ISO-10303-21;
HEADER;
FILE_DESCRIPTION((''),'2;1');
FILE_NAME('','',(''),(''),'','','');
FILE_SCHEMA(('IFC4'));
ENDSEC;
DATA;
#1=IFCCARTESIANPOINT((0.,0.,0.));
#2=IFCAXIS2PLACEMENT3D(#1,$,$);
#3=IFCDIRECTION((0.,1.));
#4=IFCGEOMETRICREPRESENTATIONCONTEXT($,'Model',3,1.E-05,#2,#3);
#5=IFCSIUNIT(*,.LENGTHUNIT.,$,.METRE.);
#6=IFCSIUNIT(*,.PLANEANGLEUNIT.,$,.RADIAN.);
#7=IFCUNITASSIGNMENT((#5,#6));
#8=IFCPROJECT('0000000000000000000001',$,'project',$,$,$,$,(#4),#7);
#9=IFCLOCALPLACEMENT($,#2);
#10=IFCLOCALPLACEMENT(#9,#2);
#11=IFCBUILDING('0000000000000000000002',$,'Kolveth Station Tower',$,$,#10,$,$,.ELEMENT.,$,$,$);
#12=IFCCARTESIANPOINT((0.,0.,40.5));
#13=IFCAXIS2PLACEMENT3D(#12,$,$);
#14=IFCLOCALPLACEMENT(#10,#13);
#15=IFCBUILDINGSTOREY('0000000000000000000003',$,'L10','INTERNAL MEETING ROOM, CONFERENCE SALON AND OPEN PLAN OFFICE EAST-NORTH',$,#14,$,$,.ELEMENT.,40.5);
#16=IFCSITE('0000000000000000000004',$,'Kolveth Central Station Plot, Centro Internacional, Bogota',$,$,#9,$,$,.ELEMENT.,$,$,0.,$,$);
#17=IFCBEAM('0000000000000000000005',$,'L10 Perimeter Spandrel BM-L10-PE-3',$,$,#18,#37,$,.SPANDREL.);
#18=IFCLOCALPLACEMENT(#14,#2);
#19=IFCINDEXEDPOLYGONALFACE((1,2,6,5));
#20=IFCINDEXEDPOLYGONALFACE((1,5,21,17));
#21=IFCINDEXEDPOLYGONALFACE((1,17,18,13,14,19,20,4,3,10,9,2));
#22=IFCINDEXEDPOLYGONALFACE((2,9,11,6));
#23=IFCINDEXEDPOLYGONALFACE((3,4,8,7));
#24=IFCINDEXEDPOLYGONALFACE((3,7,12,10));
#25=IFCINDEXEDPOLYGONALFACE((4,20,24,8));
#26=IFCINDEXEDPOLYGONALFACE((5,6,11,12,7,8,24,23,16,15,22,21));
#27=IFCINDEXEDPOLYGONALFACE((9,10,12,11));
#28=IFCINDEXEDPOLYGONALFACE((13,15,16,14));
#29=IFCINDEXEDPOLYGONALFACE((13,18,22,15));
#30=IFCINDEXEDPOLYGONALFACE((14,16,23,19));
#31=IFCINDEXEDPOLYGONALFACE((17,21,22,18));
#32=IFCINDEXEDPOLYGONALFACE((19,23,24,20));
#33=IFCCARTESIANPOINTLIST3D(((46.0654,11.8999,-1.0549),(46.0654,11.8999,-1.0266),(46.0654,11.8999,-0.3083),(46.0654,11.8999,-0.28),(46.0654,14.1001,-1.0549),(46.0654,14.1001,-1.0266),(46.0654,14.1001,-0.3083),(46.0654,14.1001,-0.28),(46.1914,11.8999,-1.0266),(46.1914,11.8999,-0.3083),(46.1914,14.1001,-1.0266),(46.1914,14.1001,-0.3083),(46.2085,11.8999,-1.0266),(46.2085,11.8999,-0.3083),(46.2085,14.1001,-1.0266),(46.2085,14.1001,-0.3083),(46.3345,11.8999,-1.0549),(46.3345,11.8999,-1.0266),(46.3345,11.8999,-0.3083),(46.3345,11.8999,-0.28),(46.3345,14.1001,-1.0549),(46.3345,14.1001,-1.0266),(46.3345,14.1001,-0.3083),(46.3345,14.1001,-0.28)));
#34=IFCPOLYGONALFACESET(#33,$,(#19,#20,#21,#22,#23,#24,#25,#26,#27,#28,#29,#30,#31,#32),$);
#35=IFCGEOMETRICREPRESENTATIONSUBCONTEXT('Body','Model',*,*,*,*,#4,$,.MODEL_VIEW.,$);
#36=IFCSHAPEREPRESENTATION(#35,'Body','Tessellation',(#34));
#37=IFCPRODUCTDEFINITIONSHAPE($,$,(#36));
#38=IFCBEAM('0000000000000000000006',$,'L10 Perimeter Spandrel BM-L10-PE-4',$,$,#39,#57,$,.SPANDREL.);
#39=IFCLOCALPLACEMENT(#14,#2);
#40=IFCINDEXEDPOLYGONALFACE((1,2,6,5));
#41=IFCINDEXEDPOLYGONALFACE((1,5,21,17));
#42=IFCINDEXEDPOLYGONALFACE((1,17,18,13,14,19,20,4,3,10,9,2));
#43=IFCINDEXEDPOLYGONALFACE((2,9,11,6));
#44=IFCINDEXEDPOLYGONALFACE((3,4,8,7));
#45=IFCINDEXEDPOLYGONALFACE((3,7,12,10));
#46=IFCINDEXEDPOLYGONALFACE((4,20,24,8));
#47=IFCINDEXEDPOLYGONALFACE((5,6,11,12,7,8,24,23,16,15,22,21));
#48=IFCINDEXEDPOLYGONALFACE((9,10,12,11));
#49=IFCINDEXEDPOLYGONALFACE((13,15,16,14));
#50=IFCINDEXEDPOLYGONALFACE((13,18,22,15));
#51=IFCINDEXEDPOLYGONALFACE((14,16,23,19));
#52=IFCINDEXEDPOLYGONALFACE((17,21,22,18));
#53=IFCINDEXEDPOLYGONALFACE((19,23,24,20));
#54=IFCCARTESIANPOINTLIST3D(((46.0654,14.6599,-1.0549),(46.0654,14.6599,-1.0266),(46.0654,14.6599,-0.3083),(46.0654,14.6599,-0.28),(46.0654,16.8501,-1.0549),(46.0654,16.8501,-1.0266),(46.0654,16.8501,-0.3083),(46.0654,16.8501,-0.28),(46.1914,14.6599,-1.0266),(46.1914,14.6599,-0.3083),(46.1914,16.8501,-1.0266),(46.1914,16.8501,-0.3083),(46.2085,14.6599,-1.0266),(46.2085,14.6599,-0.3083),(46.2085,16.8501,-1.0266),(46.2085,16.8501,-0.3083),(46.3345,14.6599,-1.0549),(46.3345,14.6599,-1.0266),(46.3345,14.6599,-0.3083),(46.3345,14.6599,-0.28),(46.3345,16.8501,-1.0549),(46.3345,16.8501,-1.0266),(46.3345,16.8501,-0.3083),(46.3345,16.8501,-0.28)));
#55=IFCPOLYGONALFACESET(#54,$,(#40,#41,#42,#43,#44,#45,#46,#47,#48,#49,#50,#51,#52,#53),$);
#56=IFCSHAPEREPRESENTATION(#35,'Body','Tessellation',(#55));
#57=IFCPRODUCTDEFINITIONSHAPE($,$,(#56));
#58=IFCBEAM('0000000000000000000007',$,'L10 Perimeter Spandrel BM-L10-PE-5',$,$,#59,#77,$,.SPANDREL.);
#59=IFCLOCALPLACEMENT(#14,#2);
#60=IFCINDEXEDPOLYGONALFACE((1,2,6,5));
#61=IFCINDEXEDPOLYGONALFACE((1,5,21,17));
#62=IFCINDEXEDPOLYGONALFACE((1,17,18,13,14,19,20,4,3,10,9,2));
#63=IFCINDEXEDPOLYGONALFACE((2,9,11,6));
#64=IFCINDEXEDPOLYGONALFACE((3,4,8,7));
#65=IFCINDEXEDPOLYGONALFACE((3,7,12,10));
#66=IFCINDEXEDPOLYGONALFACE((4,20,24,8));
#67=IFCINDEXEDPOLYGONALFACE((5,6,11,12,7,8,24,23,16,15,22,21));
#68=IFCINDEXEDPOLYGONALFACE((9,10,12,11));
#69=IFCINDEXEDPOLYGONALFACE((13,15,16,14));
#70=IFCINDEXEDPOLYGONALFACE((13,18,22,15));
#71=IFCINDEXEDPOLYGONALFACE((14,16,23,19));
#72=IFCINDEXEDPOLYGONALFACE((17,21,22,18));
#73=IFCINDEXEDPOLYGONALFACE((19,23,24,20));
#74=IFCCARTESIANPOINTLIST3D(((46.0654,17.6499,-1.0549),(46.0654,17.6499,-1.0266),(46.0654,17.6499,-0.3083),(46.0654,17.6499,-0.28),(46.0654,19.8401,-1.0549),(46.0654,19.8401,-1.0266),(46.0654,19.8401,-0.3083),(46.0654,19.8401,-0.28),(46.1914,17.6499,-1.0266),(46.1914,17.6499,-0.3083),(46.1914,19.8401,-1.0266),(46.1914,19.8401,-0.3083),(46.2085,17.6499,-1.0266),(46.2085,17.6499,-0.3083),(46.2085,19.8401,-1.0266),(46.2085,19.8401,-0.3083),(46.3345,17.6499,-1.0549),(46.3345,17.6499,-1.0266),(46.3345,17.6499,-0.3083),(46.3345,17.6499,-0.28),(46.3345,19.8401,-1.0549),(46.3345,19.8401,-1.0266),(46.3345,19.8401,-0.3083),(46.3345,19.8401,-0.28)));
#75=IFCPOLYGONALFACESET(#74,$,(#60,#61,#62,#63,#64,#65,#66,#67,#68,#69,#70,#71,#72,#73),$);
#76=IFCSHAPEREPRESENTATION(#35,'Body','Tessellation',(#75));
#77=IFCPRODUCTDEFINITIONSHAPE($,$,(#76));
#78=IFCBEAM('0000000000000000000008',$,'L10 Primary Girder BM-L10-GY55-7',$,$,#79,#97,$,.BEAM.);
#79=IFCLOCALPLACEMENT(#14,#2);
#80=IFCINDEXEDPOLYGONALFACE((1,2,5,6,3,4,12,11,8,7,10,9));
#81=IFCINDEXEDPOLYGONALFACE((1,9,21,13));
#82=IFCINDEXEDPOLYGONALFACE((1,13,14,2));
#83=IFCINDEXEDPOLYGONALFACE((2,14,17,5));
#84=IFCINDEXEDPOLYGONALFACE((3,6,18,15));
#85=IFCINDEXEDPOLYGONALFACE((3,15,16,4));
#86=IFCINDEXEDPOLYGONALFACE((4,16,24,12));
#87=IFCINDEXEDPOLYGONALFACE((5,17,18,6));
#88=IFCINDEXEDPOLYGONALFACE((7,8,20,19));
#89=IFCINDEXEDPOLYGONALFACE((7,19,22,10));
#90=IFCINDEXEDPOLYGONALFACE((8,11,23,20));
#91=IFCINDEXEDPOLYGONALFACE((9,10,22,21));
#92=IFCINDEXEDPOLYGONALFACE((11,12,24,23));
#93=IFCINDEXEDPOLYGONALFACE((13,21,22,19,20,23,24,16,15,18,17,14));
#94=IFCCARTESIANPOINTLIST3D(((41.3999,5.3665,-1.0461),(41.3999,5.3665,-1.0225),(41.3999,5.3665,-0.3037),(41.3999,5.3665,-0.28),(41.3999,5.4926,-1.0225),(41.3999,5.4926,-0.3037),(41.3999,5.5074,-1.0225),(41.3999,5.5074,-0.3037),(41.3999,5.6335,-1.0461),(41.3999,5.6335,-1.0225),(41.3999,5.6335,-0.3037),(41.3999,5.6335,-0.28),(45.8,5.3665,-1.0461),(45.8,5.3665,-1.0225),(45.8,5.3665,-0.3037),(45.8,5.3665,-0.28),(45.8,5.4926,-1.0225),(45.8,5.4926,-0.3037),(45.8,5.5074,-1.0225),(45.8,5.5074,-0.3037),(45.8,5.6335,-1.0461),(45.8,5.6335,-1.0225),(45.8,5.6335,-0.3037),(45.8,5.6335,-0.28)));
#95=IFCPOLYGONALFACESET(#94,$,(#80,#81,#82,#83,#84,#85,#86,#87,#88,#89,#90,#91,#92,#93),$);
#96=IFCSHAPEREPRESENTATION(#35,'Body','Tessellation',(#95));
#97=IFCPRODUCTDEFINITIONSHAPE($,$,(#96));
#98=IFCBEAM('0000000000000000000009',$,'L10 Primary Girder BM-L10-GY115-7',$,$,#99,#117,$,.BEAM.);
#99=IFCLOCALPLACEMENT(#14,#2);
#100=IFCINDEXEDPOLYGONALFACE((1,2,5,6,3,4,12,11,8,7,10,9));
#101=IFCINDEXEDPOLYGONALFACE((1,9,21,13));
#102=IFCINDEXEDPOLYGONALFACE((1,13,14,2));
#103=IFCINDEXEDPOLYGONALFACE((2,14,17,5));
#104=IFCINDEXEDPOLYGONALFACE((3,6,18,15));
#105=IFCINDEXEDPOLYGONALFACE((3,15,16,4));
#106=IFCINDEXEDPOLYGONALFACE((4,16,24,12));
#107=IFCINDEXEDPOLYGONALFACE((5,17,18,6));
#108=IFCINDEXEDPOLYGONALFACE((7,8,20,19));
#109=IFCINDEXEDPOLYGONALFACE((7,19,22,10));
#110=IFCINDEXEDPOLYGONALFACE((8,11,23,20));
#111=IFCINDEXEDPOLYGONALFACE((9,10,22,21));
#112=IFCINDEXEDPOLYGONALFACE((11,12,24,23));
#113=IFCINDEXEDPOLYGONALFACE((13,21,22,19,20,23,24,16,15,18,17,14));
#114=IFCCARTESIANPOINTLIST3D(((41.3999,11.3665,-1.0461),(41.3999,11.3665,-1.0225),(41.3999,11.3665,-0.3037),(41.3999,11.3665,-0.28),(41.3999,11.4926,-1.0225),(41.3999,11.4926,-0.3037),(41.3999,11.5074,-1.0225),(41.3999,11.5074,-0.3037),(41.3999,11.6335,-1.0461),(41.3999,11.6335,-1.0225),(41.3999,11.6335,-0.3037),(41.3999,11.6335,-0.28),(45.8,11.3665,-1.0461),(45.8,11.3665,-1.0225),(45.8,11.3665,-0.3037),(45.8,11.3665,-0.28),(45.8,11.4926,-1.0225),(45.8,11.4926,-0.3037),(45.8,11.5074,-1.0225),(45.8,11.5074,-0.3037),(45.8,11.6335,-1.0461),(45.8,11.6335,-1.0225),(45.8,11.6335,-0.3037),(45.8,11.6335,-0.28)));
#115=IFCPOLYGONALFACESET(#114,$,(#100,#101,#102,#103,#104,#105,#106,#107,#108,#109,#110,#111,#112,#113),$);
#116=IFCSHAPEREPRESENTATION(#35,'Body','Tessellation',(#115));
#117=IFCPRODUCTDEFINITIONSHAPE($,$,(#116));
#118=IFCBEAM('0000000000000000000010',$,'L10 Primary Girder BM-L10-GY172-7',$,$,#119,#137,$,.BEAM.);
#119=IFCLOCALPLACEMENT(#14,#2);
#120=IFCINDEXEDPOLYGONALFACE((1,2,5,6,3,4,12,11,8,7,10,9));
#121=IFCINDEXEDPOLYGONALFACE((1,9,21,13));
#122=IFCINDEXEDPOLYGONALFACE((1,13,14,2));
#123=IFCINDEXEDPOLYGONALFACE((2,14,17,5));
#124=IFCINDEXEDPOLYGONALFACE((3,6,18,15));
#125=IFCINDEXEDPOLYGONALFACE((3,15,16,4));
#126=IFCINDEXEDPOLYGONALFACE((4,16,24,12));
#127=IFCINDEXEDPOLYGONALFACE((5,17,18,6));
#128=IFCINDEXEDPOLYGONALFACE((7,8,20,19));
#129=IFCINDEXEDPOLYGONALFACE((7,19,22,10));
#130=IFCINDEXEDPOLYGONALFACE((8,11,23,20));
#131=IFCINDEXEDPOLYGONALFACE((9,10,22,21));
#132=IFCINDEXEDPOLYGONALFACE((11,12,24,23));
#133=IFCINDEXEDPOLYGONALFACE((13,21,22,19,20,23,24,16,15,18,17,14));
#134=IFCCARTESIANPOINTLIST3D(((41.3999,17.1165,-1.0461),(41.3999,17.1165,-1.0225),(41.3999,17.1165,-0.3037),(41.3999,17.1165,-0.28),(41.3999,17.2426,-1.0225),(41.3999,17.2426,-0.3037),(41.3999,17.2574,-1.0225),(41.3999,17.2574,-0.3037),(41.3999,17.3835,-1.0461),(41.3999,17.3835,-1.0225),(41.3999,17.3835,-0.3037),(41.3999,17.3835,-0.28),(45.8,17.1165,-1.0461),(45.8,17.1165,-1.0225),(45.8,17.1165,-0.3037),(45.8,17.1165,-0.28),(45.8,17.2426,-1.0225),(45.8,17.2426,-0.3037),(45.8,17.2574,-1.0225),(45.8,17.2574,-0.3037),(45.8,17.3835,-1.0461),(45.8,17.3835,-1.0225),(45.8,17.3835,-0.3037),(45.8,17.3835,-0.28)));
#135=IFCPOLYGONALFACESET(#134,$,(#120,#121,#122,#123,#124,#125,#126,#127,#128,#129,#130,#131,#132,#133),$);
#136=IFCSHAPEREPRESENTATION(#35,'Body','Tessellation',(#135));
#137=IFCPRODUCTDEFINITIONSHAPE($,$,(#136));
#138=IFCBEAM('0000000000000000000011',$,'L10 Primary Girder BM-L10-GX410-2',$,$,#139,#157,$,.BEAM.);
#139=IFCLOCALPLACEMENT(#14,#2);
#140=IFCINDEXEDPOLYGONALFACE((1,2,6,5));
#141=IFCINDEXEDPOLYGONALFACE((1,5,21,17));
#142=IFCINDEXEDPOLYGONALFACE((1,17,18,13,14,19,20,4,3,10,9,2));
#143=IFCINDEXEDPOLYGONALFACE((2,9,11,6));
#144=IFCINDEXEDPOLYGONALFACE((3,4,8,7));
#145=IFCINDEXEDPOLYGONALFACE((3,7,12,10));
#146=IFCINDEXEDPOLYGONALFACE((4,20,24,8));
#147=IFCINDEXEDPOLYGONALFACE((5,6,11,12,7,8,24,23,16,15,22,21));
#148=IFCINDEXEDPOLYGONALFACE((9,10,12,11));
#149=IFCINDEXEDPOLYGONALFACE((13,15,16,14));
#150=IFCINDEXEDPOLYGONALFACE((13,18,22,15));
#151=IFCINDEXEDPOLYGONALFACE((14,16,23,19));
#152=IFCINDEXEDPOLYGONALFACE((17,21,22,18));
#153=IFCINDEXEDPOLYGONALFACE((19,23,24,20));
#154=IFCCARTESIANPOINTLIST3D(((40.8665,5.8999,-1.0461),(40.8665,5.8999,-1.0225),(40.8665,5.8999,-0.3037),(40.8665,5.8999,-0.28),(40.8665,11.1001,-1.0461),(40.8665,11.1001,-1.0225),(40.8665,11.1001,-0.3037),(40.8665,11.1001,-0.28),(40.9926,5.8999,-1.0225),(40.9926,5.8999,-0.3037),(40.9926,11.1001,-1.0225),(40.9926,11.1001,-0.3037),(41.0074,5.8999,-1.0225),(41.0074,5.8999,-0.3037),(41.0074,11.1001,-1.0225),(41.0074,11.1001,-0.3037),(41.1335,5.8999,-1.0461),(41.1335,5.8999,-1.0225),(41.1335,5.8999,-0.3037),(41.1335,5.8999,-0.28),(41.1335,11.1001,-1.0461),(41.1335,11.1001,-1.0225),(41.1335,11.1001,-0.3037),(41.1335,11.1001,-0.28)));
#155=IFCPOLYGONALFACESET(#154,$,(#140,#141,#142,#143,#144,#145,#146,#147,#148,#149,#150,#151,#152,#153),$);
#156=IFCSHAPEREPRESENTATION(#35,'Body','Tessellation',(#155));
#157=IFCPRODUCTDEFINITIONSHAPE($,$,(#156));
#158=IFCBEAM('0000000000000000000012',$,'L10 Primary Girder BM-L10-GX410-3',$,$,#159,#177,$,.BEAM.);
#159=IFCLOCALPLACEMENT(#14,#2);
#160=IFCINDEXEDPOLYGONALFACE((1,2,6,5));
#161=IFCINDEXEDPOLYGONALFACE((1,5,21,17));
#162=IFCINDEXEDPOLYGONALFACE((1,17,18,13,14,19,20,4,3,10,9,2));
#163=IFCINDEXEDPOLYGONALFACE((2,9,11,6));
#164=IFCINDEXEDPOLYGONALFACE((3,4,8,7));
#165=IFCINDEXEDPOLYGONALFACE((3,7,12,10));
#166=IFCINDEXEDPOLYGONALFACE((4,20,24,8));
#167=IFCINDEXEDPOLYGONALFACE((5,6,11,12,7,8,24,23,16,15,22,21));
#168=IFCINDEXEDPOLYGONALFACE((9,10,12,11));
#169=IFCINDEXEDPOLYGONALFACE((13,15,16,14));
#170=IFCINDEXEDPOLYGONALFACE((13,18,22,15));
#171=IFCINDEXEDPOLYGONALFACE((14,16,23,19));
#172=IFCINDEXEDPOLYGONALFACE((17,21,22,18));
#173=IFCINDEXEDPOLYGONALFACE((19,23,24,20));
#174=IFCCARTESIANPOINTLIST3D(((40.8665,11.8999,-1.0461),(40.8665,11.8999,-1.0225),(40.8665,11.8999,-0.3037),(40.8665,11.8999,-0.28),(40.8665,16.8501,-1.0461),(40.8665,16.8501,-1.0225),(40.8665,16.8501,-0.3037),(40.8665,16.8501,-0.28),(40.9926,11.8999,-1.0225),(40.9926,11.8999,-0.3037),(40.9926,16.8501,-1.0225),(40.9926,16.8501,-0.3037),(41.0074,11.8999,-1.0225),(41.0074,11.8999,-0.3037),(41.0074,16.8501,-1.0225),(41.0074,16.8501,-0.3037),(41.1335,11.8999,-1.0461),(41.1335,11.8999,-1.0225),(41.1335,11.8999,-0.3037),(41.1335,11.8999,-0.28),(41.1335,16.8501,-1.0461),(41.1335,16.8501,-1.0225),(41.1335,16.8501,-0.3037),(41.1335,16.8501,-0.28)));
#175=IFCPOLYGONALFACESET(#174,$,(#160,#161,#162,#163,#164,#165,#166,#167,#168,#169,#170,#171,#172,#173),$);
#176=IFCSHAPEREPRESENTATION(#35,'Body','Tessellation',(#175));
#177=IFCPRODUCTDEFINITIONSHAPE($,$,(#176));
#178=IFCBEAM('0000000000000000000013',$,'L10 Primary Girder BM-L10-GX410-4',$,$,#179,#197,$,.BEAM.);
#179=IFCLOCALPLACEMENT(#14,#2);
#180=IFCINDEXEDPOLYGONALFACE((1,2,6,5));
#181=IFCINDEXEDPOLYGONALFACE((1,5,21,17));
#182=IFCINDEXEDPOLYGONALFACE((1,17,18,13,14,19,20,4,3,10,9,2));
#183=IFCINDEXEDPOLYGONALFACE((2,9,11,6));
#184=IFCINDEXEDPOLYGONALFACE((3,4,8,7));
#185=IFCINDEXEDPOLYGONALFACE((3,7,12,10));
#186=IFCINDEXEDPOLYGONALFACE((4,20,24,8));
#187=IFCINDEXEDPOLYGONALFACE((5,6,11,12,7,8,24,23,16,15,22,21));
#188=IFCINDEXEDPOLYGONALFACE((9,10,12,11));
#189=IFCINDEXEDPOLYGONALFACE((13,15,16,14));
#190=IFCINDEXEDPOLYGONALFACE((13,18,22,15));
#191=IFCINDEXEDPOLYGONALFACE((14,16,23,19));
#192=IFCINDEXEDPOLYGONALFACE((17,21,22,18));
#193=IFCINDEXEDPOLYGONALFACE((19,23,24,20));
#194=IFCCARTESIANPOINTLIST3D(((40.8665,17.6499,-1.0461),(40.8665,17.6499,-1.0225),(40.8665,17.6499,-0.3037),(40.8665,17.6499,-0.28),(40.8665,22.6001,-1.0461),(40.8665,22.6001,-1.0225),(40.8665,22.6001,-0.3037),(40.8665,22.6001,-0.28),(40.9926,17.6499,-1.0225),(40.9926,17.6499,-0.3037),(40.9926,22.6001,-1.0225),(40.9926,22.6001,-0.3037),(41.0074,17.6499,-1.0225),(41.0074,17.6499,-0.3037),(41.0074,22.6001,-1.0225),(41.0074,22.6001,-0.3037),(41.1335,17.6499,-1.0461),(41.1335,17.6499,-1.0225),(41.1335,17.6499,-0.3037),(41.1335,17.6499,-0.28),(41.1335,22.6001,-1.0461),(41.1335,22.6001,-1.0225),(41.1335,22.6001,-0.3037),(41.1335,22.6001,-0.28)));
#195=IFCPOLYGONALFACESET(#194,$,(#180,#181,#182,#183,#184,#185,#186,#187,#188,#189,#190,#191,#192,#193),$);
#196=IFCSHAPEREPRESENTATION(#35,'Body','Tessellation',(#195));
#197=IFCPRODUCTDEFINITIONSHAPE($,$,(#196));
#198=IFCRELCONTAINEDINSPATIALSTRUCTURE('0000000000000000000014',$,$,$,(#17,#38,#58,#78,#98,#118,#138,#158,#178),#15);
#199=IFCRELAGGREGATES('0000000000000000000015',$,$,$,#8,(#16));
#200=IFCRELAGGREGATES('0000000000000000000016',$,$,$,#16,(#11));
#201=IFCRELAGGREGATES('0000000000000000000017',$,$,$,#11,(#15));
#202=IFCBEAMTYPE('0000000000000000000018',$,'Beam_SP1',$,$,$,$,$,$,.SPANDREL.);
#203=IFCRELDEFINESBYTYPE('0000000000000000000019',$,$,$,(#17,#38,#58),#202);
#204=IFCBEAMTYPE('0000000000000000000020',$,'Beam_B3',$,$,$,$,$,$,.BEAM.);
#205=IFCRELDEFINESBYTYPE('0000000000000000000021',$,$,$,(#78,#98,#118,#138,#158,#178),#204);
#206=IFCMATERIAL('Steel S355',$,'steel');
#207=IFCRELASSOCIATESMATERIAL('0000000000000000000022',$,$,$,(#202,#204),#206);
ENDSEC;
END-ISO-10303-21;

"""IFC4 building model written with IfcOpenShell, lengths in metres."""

from ifc_helpers import new_model, si_unit, direction, frame, origin, origin_2d, place, context, subcontext, project, spatial, i_section, extrude, source, transform, mapped, material, material_profile, profile_set, type_object, element, save


model = new_model("IFC4")

# Units and contexts
model_context = context("Model", 3, precision=1e-05, world=origin(), true_north=direction((0.0, 1.0)))
body_context = subcontext(model_context, "Body", "Model", "MODEL_VIEW")
ifc_project = project(units=[si_unit("LENGTHUNIT", "METRE"), si_unit("PLANEANGLEUNIT", "RADIAN")], contexts=[model_context])

# Site, building, storey
site_placement = place(None, origin())
site = spatial("IfcSite", under=ifc_project, at=site_placement, Name="Kolveth Central Station Plot, Centro Internacional, Bogota", CompositionType="ELEMENT", RefElevation=0.0)
building_placement = place(site_placement, origin())
building = spatial("IfcBuilding", under=site, at=building_placement, Name="Kolveth Station Tower", CompositionType="ELEMENT")
storey_placement = place(building_placement, frame((0.0, 0.0, 40.5)))
storey = spatial("IfcBuildingStorey", under=building, at=storey_placement, Name="L10", Description="INTERNAL MEETING ROOM, CONFERENCE SALON AND OPEN PLAN OFFICE EAST-NORTH", CompositionType="ELEMENT", Elevation=40.5)

# Shared definitions
ifc_material_1 = material(Name="Steel S355", Category="steel")

# Beams
ifc_material_profile_1 = material_profile(ifc_material_1, i_section(OverallWidth=0.269, OverallDepth=0.7749, WebThickness=0.0171, FlangeThickness=0.0283, at=origin_2d()), Name="W760x220")
ifc_profile_set_1 = profile_set([ifc_material_profile_1], Name="Steel S355")
beam_type_1 = type_object("IfcBeamType", Name="Beam_SP1", PredefinedType="SPANDREL", material=ifc_profile_set_1)
shared_shape_1 = source(origin(), body_context, "Body", "SweptSolid", [
    extrude(i_section(OverallWidth=0.269, OverallDepth=0.7749, WebThickness=0.0171, FlangeThickness=0.0283, at=origin_2d()), origin(), (0.0, 0.0, 1.0), 2.2002),
])
beam_1_placement = place(storey_placement, frame((46.2, 11.8999, -0.6675), z_axis=(0.0, 1.0, 0.0), x_axis=(-1.0, 0.0, 0.0)))
element("IfcBeam", 1, at=beam_1_placement, inside=storey, type_object=beam_type_1, Name="L10 Perimeter Spandrel BM-L10-PE-3", PredefinedType="SPANDREL", context=body_context, shape_type="MappedRepresentation", body=[
    mapped(shared_shape_1, transform((0.0, 0.0, 0.0), x_axis=(1.0, 0.0, 0.0), y_axis=(0.0, 1.0, 0.0), z_axis=(0.0, 0.0, 1.0), scale=1.0)),
])
shared_shape_2 = source(origin(), body_context, "Body", "SweptSolid", [
    extrude(i_section(OverallWidth=0.269, OverallDepth=0.7749, WebThickness=0.0171, FlangeThickness=0.0283, at=origin_2d()), origin(), (0.0, 0.0, 1.0), 2.1902),
])
for number, where, z_axis, x_axis, name in (
    (2, (46.2, 14.6599, -0.6675), (0.0, 1.0, 0.0), (-1.0, 0.0, 0.0), "L10 Perimeter Spandrel BM-L10-PE-4"),
    (3, (46.2, 17.6499, -0.6675), (0.0, 1.0, 0.0), (-1.0, 0.0, 0.0), "L10 Perimeter Spandrel BM-L10-PE-5"),
):
    element("IfcBeam", number, at=place(storey_placement, frame(where, z_axis=z_axis, x_axis=x_axis)), inside=storey, type_object=beam_type_1, Name=name, PredefinedType="SPANDREL", context=body_context, shape_type="MappedRepresentation", body=[
        mapped(shared_shape_2, transform((0.0, 0.0, 0.0), x_axis=(1.0, 0.0, 0.0), y_axis=(0.0, 1.0, 0.0), z_axis=(0.0, 0.0, 1.0), scale=1.0)),
    ])
ifc_material_profile_2 = material_profile(ifc_material_1, i_section(OverallWidth=0.2671, OverallDepth=0.7661, WebThickness=0.0149, FlangeThickness=0.0237, at=origin_2d()), Name="W760x185")
ifc_profile_set_2 = profile_set([ifc_material_profile_2], Name="Steel S355")
beam_type_2 = type_object("IfcBeamType", Name="Beam_B3", PredefinedType="BEAM", material=ifc_profile_set_2)
shared_shape_3 = source(origin(), body_context, "Body", "SweptSolid", [
    extrude(i_section(OverallWidth=0.2671, OverallDepth=0.7661, WebThickness=0.0149, FlangeThickness=0.0237, at=origin_2d()), origin(), (0.0, 0.0, 1.0), 4.4001),
])
for number, where, z_axis, x_axis, name in (
    (4, (41.3999, 5.5, -0.6631), (1.0, 0.0, 0.0), (0.0, 1.0, 0.0), "L10 Primary Girder BM-L10-GY55-7"),
    (5, (41.3999, 11.5, -0.6631), (1.0, 0.0, 0.0), (0.0, 1.0, 0.0), "L10 Primary Girder BM-L10-GY115-7"),
    (6, (41.3999, 17.25, -0.6631), (1.0, 0.0, 0.0), (0.0, 1.0, 0.0), "L10 Primary Girder BM-L10-GY172-7"),
):
    element("IfcBeam", number, at=place(storey_placement, frame(where, z_axis=z_axis, x_axis=x_axis)), inside=storey, type_object=beam_type_2, Name=name, PredefinedType="BEAM", context=body_context, shape_type="MappedRepresentation", body=[
        mapped(shared_shape_3, transform((0.0, 0.0, 0.0), x_axis=(1.0, 0.0, 0.0), y_axis=(0.0, 1.0, 0.0), z_axis=(0.0, 0.0, 1.0), scale=1.0)),
    ])
shared_shape_4 = source(origin(), body_context, "Body", "SweptSolid", [
    extrude(i_section(OverallWidth=0.2671, OverallDepth=0.7661, WebThickness=0.0149, FlangeThickness=0.0237, at=origin_2d()), origin(), (0.0, 0.0, 1.0), 5.2002),
])
beam_2_placement = place(storey_placement, frame((41.0, 5.8999, -0.6631), z_axis=(0.0, 1.0, 0.0), x_axis=(-1.0, 0.0, 0.0)))
element("IfcBeam", 7, at=beam_2_placement, inside=storey, type_object=beam_type_2, Name="L10 Primary Girder BM-L10-GX410-2", PredefinedType="BEAM", context=body_context, shape_type="MappedRepresentation", body=[
    mapped(shared_shape_4, transform((0.0, 0.0, 0.0), x_axis=(1.0, 0.0, 0.0), y_axis=(0.0, 1.0, 0.0), z_axis=(0.0, 0.0, 1.0), scale=1.0)),
])
shared_shape_5 = source(origin(), body_context, "Body", "SweptSolid", [
    extrude(i_section(OverallWidth=0.2671, OverallDepth=0.7661, WebThickness=0.0149, FlangeThickness=0.0237, at=origin_2d()), origin(), (0.0, 0.0, 1.0), 4.9502),
])
for number, where, z_axis, x_axis, name in (
    (8, (41.0, 11.8999, -0.6631), (0.0, 1.0, 0.0), (-1.0, 0.0, 0.0), "L10 Primary Girder BM-L10-GX410-3"),
    (9, (41.0, 17.6499, -0.6631), (0.0, 1.0, 0.0), (-1.0, 0.0, 0.0), "L10 Primary Girder BM-L10-GX410-4"),
):
    element("IfcBeam", number, at=place(storey_placement, frame(where, z_axis=z_axis, x_axis=x_axis)), inside=storey, type_object=beam_type_2, Name=name, PredefinedType="BEAM", context=body_context, shape_type="MappedRepresentation", body=[
        mapped(shared_shape_5, transform((0.0, 0.0, 0.0), x_axis=(1.0, 0.0, 0.0), y_axis=(0.0, 1.0, 0.0), z_axis=(0.0, 0.0, 1.0), scale=1.0)),
    ])

save(model, "model.ifc")
